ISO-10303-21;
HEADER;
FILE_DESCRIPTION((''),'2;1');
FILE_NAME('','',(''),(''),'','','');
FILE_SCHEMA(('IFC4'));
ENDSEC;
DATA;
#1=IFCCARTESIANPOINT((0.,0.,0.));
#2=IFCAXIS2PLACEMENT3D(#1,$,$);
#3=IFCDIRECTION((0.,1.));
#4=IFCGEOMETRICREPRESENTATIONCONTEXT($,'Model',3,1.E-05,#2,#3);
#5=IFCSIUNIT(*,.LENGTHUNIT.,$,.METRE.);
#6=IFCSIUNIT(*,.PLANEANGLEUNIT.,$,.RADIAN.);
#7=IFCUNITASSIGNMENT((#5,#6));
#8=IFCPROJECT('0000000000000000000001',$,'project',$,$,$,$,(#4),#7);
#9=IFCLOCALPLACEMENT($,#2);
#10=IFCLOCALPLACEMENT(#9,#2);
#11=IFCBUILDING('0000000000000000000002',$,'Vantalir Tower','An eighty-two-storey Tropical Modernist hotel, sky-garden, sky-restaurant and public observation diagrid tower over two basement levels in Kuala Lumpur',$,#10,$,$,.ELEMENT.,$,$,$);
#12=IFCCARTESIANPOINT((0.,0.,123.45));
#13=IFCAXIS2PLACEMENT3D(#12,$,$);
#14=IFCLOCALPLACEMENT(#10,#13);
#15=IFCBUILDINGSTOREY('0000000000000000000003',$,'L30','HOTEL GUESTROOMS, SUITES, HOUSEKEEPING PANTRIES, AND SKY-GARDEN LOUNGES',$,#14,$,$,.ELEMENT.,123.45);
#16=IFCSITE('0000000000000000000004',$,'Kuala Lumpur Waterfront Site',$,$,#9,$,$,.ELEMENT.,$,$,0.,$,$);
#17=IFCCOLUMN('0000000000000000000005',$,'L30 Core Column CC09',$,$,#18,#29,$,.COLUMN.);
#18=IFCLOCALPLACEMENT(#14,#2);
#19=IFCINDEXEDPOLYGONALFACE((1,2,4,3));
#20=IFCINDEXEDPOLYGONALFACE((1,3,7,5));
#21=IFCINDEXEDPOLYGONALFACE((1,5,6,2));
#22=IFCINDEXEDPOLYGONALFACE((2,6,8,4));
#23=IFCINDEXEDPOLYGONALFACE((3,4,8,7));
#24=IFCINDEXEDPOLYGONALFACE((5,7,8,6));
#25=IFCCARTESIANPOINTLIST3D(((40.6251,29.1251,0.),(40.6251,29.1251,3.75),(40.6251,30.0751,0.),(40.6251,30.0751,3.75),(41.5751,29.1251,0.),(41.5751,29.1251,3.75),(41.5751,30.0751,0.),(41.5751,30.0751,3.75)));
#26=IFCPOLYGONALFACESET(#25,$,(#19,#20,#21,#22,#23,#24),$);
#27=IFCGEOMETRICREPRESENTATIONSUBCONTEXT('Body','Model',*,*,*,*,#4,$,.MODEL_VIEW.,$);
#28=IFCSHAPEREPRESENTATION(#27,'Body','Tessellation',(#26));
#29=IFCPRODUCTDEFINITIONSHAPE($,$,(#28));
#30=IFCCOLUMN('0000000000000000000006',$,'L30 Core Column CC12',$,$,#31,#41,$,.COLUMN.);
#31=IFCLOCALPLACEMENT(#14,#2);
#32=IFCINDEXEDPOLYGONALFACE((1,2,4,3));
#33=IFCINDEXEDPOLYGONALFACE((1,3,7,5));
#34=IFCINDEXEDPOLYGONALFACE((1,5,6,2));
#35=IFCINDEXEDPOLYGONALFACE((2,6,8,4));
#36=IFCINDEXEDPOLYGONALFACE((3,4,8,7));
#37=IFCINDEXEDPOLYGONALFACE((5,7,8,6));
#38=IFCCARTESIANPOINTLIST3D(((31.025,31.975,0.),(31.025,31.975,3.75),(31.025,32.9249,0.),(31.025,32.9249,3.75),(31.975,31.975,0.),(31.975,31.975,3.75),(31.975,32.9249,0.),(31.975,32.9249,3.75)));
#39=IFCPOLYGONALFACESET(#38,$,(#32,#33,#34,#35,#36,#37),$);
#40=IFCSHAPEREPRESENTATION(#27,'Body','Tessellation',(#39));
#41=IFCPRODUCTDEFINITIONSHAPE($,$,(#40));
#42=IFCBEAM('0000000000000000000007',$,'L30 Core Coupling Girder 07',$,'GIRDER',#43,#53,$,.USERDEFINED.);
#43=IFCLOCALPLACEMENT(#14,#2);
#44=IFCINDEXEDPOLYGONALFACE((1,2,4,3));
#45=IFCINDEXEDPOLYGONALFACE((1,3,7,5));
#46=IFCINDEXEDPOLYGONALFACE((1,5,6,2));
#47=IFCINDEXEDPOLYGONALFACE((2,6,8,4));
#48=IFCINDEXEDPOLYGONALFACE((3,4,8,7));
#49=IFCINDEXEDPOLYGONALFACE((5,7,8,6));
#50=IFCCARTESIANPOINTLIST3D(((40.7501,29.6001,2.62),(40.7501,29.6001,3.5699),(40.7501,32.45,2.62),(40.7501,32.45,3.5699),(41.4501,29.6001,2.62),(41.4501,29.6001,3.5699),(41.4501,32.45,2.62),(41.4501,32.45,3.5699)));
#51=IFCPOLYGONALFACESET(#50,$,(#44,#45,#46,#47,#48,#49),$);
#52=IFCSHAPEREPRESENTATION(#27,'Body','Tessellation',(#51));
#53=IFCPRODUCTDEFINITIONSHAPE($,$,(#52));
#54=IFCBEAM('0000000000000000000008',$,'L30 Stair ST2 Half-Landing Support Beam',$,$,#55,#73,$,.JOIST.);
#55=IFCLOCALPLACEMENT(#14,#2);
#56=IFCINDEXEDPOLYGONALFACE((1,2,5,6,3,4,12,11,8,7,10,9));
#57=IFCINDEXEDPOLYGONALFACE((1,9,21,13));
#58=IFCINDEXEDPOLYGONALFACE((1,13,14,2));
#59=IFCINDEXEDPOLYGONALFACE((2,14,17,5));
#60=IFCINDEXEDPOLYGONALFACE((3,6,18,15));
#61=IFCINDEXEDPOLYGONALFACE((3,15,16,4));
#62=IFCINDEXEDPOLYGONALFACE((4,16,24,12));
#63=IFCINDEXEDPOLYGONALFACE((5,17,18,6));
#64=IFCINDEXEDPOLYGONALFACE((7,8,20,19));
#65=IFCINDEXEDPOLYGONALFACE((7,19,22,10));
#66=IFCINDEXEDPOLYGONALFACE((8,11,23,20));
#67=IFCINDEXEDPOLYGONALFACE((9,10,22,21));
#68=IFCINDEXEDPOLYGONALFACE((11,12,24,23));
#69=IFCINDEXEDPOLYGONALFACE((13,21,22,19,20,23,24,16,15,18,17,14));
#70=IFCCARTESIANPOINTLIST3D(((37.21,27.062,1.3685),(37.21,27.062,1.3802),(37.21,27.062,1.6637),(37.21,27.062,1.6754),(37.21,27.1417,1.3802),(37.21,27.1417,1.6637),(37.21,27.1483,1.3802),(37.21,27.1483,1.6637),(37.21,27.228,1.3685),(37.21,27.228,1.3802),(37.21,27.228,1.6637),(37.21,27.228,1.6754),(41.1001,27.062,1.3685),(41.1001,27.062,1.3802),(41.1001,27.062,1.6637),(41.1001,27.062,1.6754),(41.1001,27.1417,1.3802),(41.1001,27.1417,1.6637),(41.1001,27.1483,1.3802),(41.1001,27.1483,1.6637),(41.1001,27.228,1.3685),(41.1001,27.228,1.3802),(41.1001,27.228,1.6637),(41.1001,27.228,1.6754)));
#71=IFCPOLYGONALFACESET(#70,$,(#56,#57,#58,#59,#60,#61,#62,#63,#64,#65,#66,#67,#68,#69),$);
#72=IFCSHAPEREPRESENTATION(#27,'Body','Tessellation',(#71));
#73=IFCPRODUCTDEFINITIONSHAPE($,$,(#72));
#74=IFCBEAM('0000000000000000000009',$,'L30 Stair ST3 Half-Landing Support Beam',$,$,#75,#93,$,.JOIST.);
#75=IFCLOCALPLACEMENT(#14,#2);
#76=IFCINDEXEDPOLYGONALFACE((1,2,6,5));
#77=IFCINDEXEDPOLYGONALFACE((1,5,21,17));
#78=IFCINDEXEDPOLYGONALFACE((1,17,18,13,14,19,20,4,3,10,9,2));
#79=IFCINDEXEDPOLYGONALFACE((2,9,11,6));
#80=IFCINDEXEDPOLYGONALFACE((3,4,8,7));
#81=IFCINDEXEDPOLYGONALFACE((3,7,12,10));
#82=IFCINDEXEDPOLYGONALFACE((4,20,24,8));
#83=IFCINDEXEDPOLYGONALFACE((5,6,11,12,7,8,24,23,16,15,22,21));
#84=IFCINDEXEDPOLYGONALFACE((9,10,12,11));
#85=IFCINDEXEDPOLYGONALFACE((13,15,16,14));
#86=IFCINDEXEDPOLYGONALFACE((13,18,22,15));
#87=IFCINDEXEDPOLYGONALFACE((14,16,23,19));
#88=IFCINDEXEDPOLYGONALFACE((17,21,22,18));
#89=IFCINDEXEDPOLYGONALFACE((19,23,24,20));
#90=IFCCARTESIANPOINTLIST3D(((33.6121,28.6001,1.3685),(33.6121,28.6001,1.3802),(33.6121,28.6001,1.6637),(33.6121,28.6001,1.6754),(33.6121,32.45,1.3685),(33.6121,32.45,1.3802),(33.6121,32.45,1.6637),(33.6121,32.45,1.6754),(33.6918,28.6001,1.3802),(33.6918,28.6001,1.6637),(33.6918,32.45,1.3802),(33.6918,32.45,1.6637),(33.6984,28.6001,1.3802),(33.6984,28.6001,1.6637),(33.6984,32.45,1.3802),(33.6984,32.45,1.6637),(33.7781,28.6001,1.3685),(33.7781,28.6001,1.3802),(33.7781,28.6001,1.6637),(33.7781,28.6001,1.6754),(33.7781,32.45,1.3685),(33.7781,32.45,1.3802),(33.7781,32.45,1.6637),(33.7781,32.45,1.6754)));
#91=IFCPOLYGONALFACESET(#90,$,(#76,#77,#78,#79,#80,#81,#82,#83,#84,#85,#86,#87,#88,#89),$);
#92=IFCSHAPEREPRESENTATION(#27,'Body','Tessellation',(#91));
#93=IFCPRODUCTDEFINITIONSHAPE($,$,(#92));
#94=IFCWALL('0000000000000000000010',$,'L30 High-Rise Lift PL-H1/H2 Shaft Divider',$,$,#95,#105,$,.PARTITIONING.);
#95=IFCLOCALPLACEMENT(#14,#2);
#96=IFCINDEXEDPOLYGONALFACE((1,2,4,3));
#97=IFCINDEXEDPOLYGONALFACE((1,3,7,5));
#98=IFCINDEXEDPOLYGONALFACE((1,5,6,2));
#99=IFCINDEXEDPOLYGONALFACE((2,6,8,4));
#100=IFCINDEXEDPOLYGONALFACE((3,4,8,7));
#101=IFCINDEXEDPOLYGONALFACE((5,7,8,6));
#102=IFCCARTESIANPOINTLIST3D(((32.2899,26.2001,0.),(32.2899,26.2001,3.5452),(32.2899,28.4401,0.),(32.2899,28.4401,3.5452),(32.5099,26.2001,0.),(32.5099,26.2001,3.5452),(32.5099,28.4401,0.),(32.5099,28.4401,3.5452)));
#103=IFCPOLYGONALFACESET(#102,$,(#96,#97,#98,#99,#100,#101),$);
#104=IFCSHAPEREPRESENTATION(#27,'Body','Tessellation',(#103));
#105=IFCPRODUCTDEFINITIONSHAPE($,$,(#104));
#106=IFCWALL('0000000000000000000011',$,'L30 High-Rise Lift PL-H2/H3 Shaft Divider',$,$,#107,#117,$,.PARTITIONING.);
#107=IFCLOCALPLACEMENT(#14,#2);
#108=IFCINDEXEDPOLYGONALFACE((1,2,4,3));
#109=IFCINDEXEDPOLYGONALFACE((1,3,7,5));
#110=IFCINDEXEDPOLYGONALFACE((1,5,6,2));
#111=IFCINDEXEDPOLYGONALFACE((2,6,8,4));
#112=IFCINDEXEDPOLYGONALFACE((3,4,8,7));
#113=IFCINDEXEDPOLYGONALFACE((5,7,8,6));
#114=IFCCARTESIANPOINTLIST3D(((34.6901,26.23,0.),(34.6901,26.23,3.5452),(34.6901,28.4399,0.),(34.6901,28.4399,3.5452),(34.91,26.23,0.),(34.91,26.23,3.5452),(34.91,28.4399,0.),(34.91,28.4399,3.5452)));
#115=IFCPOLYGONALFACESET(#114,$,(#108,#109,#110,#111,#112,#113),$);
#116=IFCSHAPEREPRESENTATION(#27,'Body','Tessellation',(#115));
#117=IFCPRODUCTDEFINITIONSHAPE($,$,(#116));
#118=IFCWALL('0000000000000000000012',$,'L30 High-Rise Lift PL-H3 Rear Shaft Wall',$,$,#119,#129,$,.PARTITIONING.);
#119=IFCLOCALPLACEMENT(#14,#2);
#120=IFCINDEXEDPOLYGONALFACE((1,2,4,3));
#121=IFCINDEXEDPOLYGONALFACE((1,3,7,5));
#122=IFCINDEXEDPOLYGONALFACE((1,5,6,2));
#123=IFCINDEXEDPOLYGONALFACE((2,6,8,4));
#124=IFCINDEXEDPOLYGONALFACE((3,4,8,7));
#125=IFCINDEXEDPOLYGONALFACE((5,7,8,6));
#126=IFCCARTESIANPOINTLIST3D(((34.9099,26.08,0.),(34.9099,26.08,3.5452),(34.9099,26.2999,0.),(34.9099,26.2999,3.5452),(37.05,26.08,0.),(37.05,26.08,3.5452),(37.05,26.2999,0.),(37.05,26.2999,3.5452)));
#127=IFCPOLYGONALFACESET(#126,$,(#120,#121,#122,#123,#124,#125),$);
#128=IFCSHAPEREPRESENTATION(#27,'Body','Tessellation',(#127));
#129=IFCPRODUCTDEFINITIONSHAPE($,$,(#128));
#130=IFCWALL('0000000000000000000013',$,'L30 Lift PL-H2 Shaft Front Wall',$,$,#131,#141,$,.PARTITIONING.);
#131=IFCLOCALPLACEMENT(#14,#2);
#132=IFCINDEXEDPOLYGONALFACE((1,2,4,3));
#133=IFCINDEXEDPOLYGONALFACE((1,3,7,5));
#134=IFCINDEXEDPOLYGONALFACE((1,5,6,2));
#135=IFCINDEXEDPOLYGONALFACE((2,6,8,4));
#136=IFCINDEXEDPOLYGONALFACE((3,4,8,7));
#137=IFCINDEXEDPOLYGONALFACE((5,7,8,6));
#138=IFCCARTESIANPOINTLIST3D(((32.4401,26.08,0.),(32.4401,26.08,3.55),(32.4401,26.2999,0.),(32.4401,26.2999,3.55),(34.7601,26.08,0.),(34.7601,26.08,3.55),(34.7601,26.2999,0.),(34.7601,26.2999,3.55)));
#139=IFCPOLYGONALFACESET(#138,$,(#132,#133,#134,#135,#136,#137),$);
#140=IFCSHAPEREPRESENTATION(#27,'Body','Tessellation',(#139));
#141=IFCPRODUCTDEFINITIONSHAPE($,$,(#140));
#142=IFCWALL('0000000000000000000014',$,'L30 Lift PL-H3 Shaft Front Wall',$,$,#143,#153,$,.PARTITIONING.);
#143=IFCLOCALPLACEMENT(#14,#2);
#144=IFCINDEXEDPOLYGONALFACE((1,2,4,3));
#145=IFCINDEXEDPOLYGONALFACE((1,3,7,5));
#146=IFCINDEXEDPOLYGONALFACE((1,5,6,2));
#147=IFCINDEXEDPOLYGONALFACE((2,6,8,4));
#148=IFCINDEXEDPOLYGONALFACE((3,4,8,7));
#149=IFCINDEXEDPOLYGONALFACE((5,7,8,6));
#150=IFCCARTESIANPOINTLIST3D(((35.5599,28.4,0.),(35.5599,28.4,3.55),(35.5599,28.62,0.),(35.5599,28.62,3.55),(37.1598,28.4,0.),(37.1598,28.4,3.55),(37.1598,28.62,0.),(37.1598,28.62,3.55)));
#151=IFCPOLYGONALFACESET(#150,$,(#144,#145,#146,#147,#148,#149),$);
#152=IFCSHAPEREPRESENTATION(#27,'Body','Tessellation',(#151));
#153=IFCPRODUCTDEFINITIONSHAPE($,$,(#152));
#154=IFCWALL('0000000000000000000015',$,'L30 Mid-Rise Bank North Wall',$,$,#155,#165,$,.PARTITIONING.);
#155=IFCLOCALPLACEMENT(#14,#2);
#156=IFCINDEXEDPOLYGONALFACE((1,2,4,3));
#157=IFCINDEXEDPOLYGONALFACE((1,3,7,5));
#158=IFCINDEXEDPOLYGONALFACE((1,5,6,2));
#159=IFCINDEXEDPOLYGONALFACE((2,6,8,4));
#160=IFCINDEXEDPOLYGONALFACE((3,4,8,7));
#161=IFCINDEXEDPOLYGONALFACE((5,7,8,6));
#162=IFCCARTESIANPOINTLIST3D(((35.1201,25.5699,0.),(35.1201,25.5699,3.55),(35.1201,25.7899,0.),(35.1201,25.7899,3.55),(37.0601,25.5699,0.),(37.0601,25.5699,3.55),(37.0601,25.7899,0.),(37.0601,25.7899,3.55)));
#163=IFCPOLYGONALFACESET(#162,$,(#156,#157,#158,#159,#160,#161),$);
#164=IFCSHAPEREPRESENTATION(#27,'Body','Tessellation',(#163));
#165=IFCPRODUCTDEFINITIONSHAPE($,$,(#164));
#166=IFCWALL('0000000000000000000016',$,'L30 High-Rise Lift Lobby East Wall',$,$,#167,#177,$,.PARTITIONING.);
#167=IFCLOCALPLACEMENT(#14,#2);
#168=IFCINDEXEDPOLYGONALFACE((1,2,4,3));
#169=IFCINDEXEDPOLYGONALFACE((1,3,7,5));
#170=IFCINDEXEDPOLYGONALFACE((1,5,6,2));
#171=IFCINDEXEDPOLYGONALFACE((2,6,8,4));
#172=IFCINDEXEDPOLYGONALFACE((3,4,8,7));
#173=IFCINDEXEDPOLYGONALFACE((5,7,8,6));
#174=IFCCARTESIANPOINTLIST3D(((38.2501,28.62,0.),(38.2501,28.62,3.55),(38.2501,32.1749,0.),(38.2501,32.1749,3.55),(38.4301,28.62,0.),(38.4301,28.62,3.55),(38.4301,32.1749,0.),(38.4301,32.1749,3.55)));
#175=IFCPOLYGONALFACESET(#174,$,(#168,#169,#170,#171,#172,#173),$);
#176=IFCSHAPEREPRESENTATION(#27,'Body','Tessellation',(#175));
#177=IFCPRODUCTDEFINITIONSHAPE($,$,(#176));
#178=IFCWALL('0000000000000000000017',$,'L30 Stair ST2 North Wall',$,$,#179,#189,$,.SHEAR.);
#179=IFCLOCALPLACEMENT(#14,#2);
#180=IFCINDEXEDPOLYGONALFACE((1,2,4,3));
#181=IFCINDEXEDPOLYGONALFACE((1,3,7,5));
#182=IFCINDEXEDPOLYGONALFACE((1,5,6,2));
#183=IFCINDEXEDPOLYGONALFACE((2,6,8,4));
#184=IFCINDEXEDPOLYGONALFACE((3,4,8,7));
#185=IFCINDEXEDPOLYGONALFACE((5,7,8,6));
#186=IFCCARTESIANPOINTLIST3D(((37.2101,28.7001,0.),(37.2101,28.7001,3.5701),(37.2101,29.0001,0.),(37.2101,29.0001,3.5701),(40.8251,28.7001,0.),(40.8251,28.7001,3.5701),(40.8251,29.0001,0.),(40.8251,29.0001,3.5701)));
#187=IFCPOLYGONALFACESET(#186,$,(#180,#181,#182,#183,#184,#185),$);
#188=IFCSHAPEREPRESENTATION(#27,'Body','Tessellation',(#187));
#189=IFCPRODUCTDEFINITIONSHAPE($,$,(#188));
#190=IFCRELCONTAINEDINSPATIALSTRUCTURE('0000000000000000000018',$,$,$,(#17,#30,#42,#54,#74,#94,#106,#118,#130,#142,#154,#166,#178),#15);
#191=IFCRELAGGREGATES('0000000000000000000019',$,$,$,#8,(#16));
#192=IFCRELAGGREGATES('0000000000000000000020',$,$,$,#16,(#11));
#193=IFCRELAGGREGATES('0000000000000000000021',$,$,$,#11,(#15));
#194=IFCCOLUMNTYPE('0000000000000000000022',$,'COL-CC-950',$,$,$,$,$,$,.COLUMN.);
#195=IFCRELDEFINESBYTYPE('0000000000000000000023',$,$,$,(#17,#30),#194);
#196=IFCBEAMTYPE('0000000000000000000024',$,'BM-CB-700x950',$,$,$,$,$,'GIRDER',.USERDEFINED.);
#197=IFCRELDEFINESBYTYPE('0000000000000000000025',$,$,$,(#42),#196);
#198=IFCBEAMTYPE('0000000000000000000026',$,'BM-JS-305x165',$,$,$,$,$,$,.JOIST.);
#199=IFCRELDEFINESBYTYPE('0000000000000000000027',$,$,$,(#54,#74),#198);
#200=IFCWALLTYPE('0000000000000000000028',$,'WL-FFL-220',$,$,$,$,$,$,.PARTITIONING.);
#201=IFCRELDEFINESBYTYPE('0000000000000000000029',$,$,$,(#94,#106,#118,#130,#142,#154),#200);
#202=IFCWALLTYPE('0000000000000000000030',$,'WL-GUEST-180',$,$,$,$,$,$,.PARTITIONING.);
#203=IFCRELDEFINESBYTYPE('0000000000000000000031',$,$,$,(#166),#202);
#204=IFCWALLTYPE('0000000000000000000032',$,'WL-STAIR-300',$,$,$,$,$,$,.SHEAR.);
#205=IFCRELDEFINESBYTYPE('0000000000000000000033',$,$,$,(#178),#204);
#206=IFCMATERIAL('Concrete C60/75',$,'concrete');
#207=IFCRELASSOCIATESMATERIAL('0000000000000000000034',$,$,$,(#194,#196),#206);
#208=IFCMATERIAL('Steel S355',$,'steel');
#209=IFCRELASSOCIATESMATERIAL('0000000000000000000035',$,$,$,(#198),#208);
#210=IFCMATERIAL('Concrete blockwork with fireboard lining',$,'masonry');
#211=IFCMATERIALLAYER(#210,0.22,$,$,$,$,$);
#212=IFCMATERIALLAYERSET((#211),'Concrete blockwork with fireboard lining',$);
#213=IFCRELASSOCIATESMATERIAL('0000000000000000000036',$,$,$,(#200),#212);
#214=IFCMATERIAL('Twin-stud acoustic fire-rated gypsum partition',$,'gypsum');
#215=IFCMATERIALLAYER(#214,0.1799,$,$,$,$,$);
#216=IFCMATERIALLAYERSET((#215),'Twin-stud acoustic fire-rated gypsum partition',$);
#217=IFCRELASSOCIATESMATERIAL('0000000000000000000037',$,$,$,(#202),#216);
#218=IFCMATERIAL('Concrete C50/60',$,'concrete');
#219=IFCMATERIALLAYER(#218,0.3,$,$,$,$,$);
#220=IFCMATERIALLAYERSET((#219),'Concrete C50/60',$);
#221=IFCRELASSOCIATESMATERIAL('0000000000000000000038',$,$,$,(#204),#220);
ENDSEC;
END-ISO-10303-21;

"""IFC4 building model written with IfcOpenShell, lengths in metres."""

from ifc_helpers import new_model, si_unit, direction, frame, frame_2d, origin, origin_2d, place, context, subcontext, project, spatial, rectangle, i_section, extrude, material, layer, layer_set, material_profile, profile_set, type_object, element, save


model = new_model("IFC4")

# Units and contexts
model_context = context("Model", 3, precision=1e-05, world=origin(), true_north=direction((0.0, 1.0)))
body_context = subcontext(model_context, "Body", "Model", "MODEL_VIEW")
ifc_project = project(units=[si_unit("LENGTHUNIT", "METRE"), si_unit("PLANEANGLEUNIT", "RADIAN")], contexts=[model_context])

# Site, building, storey
site_placement = place(None, origin())
site = spatial("IfcSite", under=ifc_project, at=site_placement, Name="Kuala Lumpur Waterfront Site", CompositionType="ELEMENT", RefElevation=0.0)
building_placement = place(site_placement, origin())
building = spatial("IfcBuilding", under=site, at=building_placement, Name="Vantalir Tower", Description="An eighty-two-storey Tropical Modernist hotel, sky-garden, sky-restaurant and public observation diagrid tower over two basement levels in Kuala Lumpur", CompositionType="ELEMENT")
storey_placement = place(building_placement, frame((0.0, 0.0, 123.45)))
storey = spatial("IfcBuildingStorey", under=building, at=storey_placement, Name="L30", Description="HOTEL GUESTROOMS, SUITES, HOUSEKEEPING PANTRIES, AND SKY-GARDEN LOUNGES", CompositionType="ELEMENT", Elevation=123.45)

# Columns
ifc_material_1 = material(Name="Concrete C60/75", Category="concrete")
ifc_material_profile_1 = material_profile(ifc_material_1, rectangle(XDim=0.95, YDim=0.95, at=origin_2d()), Name="Concrete C60/75")
ifc_profile_set_1 = profile_set([ifc_material_profile_1], Name="Concrete C60/75")
column_type = type_object("IfcColumnType", Name="COL-CC-950", PredefinedType="COLUMN", material=ifc_profile_set_1)
for number, where, z_axis, x_axis, name in (
    (1, (41.1001, 29.6001, 0.0), (0.0, 0.0, 1.0), (1.0, 0.0, 0.0), "L30 Core Column CC09"),
    (2, (31.5, 32.45, 0.0), (0.0, 0.0, 1.0), (1.0, 0.0, 0.0), "L30 Core Column CC12"),
):
    element("IfcColumn", number, at=place(storey_placement, frame(where, z_axis=z_axis, x_axis=x_axis)), inside=storey, type_object=column_type, Name=name, PredefinedType="COLUMN", context=body_context, shape_type="SweptSolid", body=[
        extrude(rectangle(XDim=0.95, YDim=0.95, at=origin_2d()), origin(), (0.0, 0.0, 1.0), 3.75),
    ])

# Beams
ifc_material_profile_2 = material_profile(ifc_material_1, rectangle(XDim=0.7, YDim=0.95, at=origin_2d()), Name="Concrete C60/75")
ifc_profile_set_2 = profile_set([ifc_material_profile_2], Name="Concrete C60/75")
beam_type_1 = type_object("IfcBeamType", Name="BM-CB-700x950", ElementType="GIRDER", PredefinedType="USERDEFINED", material=ifc_profile_set_2)
beam_1_placement = place(storey_placement, frame((41.1001, 29.6001, 3.095), z_axis=(0.0, 1.0, 0.0), x_axis=(-1.0, 0.0, 0.0)))
element("IfcBeam", 3, at=beam_1_placement, inside=storey, type_object=beam_type_1, Name="L30 Core Coupling Girder 07", ObjectType="GIRDER", PredefinedType="USERDEFINED", context=body_context, shape_type="SweptSolid", body=[
    extrude(rectangle(XDim=0.7, YDim=0.95, at=origin_2d()), origin(), (0.0, 0.0, 1.0), 2.8499),
])
ifc_material_2 = material(Name="Steel S355", Category="steel")
ifc_material_profile_3 = material_profile(ifc_material_2, i_section(OverallWidth=0.166, OverallDepth=0.3069, WebThickness=0.0066, FlangeThickness=0.0117, at=origin_2d()), Name="Steel S355")
ifc_profile_set_3 = profile_set([ifc_material_profile_3], Name="Steel S355")
beam_type_2 = type_object("IfcBeamType", Name="BM-JS-305x165", PredefinedType="JOIST", material=ifc_profile_set_3)
beam_2_placement = place(storey_placement, frame((37.21, 27.145, 1.522), z_axis=(1.0, 0.0, 0.0), x_axis=(0.0, 1.0, 0.0)))
element("IfcBeam", 4, at=beam_2_placement, inside=storey, type_object=beam_type_2, Name="L30 Stair ST2 Half-Landing Support Beam", PredefinedType="JOIST", context=body_context, shape_type="SweptSolid", body=[
    extrude(i_section(OverallWidth=0.166, OverallDepth=0.3069, WebThickness=0.0066, FlangeThickness=0.0117, at=origin_2d()), origin(), (0.0, 0.0, 1.0), 3.8901),
])
beam_3_placement = place(storey_placement, frame((33.6951, 28.6001, 1.522), z_axis=(0.0, 1.0, 0.0), x_axis=(-1.0, 0.0, 0.0)))
element("IfcBeam", 5, at=beam_3_placement, inside=storey, type_object=beam_type_2, Name="L30 Stair ST3 Half-Landing Support Beam", PredefinedType="JOIST", context=body_context, shape_type="SweptSolid", body=[
    extrude(i_section(OverallWidth=0.166, OverallDepth=0.3069, WebThickness=0.0066, FlangeThickness=0.0117, at=origin_2d()), origin(), (0.0, 0.0, 1.0), 3.8499),
])

# Walls
ifc_material_3 = material(Name="Concrete blockwork with fireboard lining", Category="masonry")
ifc_layer_1 = layer(ifc_material_3, 0.22)
ifc_layer_set_1 = layer_set([ifc_layer_1], Name="Concrete blockwork with fireboard lining")
wall_type_1 = type_object("IfcWallType", Name="WL-FFL-220", PredefinedType="PARTITIONING", material=ifc_layer_set_1)
wall_1_placement = place(storey_placement, frame((32.3999, 26.2, 0.0), z_axis=(0.0, 0.0, 1.0), x_axis=(0.0, 1.0, 0.0)))
element("IfcWall", 6, at=wall_1_placement, inside=storey, type_object=wall_type_1, Name="L30 High-Rise Lift PL-H1/H2 Shaft Divider", PredefinedType="PARTITIONING", context=body_context, shape_type="SweptSolid", body=[
    extrude(rectangle(XDim=2.24, YDim=0.22, at=frame_2d((1.1201, 0.0))), origin(), (0.0, 0.0, 1.0), 3.5452),
])
wall_2_placement = place(storey_placement, frame((34.8, 26.23, 0.0), z_axis=(0.0, 0.0, 1.0), x_axis=(0.0, 1.0, 0.0)))
element("IfcWall", 7, at=wall_2_placement, inside=storey, type_object=wall_type_1, Name="L30 High-Rise Lift PL-H2/H3 Shaft Divider", PredefinedType="PARTITIONING", context=body_context, shape_type="SweptSolid", body=[
    extrude(rectangle(XDim=2.21, YDim=0.22, at=frame_2d((1.105, 0.0))), origin(), (0.0, 0.0, 1.0), 3.5452),
])
wall_3_placement = place(storey_placement, frame((34.9099, 26.1899, 0.0), z_axis=(0.0, 0.0, 1.0), x_axis=(1.0, 0.0, 0.0)))
element("IfcWall", 8, at=wall_3_placement, inside=storey, type_object=wall_type_1, Name="L30 High-Rise Lift PL-H3 Rear Shaft Wall", PredefinedType="PARTITIONING", context=body_context, shape_type="SweptSolid", body=[
    extrude(rectangle(XDim=2.1401, YDim=0.22, at=frame_2d((1.0701, 0.0))), origin(), (0.0, 0.0, 1.0), 3.5452),
])
wall_4_placement = place(storey_placement, frame((32.4399, 26.1899, 0.0), z_axis=(0.0, 0.0, 1.0), x_axis=(1.0, 0.0, 0.0)))
element("IfcWall", 9, at=wall_4_placement, inside=storey, type_object=wall_type_1, Name="L30 Lift PL-H2 Shaft Front Wall", PredefinedType="PARTITIONING", context=body_context, shape_type="SweptSolid", body=[
    extrude(rectangle(XDim=2.3201, YDim=0.22, at=frame_2d((1.1602, 0.0))), origin(), (0.0, 0.0, 1.0), 3.55),
])
wall_5_placement = place(storey_placement, frame((35.5601, 28.51, 0.0), z_axis=(0.0, 0.0, 1.0), x_axis=(1.0, 0.0, 0.0)))
element("IfcWall", 10, at=wall_5_placement, inside=storey, type_object=wall_type_1, Name="L30 Lift PL-H3 Shaft Front Wall", PredefinedType="PARTITIONING", context=body_context, shape_type="SweptSolid", body=[
    extrude(rectangle(XDim=1.5999, YDim=0.22, at=frame_2d((0.7998, 0.0))), origin(), (0.0, 0.0, 1.0), 3.55),
])
wall_6_placement = place(storey_placement, frame((35.1201, 25.6799, 0.0), z_axis=(0.0, 0.0, 1.0), x_axis=(1.0, 0.0, 0.0)))
element("IfcWall", 11, at=wall_6_placement, inside=storey, type_object=wall_type_1, Name="L30 Mid-Rise Bank North Wall", PredefinedType="PARTITIONING", context=body_context, shape_type="SweptSolid", body=[
    extrude(rectangle(XDim=1.9399, YDim=0.22, at=frame_2d((0.97, 0.0))), origin(), (0.0, 0.0, 1.0), 3.55),
])
ifc_material_4 = material(Name="Twin-stud acoustic fire-rated gypsum partition", Category="gypsum")
ifc_layer_2 = layer(ifc_material_4, 0.1799)
ifc_layer_set_2 = layer_set([ifc_layer_2], Name="Twin-stud acoustic fire-rated gypsum partition")
wall_type_2 = type_object("IfcWallType", Name="WL-GUEST-180", PredefinedType="PARTITIONING", material=ifc_layer_set_2)
wall_7_placement = place(storey_placement, frame((38.3401, 28.6201, 0.0), z_axis=(0.0, 0.0, 1.0), x_axis=(0.0, 1.0, 0.0)))
element("IfcWall", 12, at=wall_7_placement, inside=storey, type_object=wall_type_2, Name="L30 High-Rise Lift Lobby East Wall", PredefinedType="PARTITIONING", context=body_context, shape_type="SweptSolid", body=[
    extrude(rectangle(XDim=3.5549, YDim=0.1799, at=frame_2d((1.7773, 0.0))), origin(), (0.0, 0.0, 1.0), 3.55),
])
ifc_material_5 = material(Name="Concrete C50/60", Category="concrete")
ifc_layer_3 = layer(ifc_material_5, 0.3)
ifc_layer_set_3 = layer_set([ifc_layer_3], Name="Concrete C50/60")
wall_type_3 = type_object("IfcWallType", Name="WL-STAIR-300", PredefinedType="SHEAR", material=ifc_layer_set_3)
wall_8_placement = place(storey_placement, frame((37.21, 28.8501, 0.0), z_axis=(0.0, 0.0, 1.0), x_axis=(1.0, 0.0, 0.0)))
element("IfcWall", 13, at=wall_8_placement, inside=storey, type_object=wall_type_3, Name="L30 Stair ST2 North Wall", PredefinedType="SHEAR", context=body_context, shape_type="SweptSolid", body=[
    extrude(rectangle(XDim=3.615, YDim=0.3, at=frame_2d((1.8076, 0.0))), origin(), (0.0, 0.0, 1.0), 3.5701),
])

save(model, "model.ifc")
